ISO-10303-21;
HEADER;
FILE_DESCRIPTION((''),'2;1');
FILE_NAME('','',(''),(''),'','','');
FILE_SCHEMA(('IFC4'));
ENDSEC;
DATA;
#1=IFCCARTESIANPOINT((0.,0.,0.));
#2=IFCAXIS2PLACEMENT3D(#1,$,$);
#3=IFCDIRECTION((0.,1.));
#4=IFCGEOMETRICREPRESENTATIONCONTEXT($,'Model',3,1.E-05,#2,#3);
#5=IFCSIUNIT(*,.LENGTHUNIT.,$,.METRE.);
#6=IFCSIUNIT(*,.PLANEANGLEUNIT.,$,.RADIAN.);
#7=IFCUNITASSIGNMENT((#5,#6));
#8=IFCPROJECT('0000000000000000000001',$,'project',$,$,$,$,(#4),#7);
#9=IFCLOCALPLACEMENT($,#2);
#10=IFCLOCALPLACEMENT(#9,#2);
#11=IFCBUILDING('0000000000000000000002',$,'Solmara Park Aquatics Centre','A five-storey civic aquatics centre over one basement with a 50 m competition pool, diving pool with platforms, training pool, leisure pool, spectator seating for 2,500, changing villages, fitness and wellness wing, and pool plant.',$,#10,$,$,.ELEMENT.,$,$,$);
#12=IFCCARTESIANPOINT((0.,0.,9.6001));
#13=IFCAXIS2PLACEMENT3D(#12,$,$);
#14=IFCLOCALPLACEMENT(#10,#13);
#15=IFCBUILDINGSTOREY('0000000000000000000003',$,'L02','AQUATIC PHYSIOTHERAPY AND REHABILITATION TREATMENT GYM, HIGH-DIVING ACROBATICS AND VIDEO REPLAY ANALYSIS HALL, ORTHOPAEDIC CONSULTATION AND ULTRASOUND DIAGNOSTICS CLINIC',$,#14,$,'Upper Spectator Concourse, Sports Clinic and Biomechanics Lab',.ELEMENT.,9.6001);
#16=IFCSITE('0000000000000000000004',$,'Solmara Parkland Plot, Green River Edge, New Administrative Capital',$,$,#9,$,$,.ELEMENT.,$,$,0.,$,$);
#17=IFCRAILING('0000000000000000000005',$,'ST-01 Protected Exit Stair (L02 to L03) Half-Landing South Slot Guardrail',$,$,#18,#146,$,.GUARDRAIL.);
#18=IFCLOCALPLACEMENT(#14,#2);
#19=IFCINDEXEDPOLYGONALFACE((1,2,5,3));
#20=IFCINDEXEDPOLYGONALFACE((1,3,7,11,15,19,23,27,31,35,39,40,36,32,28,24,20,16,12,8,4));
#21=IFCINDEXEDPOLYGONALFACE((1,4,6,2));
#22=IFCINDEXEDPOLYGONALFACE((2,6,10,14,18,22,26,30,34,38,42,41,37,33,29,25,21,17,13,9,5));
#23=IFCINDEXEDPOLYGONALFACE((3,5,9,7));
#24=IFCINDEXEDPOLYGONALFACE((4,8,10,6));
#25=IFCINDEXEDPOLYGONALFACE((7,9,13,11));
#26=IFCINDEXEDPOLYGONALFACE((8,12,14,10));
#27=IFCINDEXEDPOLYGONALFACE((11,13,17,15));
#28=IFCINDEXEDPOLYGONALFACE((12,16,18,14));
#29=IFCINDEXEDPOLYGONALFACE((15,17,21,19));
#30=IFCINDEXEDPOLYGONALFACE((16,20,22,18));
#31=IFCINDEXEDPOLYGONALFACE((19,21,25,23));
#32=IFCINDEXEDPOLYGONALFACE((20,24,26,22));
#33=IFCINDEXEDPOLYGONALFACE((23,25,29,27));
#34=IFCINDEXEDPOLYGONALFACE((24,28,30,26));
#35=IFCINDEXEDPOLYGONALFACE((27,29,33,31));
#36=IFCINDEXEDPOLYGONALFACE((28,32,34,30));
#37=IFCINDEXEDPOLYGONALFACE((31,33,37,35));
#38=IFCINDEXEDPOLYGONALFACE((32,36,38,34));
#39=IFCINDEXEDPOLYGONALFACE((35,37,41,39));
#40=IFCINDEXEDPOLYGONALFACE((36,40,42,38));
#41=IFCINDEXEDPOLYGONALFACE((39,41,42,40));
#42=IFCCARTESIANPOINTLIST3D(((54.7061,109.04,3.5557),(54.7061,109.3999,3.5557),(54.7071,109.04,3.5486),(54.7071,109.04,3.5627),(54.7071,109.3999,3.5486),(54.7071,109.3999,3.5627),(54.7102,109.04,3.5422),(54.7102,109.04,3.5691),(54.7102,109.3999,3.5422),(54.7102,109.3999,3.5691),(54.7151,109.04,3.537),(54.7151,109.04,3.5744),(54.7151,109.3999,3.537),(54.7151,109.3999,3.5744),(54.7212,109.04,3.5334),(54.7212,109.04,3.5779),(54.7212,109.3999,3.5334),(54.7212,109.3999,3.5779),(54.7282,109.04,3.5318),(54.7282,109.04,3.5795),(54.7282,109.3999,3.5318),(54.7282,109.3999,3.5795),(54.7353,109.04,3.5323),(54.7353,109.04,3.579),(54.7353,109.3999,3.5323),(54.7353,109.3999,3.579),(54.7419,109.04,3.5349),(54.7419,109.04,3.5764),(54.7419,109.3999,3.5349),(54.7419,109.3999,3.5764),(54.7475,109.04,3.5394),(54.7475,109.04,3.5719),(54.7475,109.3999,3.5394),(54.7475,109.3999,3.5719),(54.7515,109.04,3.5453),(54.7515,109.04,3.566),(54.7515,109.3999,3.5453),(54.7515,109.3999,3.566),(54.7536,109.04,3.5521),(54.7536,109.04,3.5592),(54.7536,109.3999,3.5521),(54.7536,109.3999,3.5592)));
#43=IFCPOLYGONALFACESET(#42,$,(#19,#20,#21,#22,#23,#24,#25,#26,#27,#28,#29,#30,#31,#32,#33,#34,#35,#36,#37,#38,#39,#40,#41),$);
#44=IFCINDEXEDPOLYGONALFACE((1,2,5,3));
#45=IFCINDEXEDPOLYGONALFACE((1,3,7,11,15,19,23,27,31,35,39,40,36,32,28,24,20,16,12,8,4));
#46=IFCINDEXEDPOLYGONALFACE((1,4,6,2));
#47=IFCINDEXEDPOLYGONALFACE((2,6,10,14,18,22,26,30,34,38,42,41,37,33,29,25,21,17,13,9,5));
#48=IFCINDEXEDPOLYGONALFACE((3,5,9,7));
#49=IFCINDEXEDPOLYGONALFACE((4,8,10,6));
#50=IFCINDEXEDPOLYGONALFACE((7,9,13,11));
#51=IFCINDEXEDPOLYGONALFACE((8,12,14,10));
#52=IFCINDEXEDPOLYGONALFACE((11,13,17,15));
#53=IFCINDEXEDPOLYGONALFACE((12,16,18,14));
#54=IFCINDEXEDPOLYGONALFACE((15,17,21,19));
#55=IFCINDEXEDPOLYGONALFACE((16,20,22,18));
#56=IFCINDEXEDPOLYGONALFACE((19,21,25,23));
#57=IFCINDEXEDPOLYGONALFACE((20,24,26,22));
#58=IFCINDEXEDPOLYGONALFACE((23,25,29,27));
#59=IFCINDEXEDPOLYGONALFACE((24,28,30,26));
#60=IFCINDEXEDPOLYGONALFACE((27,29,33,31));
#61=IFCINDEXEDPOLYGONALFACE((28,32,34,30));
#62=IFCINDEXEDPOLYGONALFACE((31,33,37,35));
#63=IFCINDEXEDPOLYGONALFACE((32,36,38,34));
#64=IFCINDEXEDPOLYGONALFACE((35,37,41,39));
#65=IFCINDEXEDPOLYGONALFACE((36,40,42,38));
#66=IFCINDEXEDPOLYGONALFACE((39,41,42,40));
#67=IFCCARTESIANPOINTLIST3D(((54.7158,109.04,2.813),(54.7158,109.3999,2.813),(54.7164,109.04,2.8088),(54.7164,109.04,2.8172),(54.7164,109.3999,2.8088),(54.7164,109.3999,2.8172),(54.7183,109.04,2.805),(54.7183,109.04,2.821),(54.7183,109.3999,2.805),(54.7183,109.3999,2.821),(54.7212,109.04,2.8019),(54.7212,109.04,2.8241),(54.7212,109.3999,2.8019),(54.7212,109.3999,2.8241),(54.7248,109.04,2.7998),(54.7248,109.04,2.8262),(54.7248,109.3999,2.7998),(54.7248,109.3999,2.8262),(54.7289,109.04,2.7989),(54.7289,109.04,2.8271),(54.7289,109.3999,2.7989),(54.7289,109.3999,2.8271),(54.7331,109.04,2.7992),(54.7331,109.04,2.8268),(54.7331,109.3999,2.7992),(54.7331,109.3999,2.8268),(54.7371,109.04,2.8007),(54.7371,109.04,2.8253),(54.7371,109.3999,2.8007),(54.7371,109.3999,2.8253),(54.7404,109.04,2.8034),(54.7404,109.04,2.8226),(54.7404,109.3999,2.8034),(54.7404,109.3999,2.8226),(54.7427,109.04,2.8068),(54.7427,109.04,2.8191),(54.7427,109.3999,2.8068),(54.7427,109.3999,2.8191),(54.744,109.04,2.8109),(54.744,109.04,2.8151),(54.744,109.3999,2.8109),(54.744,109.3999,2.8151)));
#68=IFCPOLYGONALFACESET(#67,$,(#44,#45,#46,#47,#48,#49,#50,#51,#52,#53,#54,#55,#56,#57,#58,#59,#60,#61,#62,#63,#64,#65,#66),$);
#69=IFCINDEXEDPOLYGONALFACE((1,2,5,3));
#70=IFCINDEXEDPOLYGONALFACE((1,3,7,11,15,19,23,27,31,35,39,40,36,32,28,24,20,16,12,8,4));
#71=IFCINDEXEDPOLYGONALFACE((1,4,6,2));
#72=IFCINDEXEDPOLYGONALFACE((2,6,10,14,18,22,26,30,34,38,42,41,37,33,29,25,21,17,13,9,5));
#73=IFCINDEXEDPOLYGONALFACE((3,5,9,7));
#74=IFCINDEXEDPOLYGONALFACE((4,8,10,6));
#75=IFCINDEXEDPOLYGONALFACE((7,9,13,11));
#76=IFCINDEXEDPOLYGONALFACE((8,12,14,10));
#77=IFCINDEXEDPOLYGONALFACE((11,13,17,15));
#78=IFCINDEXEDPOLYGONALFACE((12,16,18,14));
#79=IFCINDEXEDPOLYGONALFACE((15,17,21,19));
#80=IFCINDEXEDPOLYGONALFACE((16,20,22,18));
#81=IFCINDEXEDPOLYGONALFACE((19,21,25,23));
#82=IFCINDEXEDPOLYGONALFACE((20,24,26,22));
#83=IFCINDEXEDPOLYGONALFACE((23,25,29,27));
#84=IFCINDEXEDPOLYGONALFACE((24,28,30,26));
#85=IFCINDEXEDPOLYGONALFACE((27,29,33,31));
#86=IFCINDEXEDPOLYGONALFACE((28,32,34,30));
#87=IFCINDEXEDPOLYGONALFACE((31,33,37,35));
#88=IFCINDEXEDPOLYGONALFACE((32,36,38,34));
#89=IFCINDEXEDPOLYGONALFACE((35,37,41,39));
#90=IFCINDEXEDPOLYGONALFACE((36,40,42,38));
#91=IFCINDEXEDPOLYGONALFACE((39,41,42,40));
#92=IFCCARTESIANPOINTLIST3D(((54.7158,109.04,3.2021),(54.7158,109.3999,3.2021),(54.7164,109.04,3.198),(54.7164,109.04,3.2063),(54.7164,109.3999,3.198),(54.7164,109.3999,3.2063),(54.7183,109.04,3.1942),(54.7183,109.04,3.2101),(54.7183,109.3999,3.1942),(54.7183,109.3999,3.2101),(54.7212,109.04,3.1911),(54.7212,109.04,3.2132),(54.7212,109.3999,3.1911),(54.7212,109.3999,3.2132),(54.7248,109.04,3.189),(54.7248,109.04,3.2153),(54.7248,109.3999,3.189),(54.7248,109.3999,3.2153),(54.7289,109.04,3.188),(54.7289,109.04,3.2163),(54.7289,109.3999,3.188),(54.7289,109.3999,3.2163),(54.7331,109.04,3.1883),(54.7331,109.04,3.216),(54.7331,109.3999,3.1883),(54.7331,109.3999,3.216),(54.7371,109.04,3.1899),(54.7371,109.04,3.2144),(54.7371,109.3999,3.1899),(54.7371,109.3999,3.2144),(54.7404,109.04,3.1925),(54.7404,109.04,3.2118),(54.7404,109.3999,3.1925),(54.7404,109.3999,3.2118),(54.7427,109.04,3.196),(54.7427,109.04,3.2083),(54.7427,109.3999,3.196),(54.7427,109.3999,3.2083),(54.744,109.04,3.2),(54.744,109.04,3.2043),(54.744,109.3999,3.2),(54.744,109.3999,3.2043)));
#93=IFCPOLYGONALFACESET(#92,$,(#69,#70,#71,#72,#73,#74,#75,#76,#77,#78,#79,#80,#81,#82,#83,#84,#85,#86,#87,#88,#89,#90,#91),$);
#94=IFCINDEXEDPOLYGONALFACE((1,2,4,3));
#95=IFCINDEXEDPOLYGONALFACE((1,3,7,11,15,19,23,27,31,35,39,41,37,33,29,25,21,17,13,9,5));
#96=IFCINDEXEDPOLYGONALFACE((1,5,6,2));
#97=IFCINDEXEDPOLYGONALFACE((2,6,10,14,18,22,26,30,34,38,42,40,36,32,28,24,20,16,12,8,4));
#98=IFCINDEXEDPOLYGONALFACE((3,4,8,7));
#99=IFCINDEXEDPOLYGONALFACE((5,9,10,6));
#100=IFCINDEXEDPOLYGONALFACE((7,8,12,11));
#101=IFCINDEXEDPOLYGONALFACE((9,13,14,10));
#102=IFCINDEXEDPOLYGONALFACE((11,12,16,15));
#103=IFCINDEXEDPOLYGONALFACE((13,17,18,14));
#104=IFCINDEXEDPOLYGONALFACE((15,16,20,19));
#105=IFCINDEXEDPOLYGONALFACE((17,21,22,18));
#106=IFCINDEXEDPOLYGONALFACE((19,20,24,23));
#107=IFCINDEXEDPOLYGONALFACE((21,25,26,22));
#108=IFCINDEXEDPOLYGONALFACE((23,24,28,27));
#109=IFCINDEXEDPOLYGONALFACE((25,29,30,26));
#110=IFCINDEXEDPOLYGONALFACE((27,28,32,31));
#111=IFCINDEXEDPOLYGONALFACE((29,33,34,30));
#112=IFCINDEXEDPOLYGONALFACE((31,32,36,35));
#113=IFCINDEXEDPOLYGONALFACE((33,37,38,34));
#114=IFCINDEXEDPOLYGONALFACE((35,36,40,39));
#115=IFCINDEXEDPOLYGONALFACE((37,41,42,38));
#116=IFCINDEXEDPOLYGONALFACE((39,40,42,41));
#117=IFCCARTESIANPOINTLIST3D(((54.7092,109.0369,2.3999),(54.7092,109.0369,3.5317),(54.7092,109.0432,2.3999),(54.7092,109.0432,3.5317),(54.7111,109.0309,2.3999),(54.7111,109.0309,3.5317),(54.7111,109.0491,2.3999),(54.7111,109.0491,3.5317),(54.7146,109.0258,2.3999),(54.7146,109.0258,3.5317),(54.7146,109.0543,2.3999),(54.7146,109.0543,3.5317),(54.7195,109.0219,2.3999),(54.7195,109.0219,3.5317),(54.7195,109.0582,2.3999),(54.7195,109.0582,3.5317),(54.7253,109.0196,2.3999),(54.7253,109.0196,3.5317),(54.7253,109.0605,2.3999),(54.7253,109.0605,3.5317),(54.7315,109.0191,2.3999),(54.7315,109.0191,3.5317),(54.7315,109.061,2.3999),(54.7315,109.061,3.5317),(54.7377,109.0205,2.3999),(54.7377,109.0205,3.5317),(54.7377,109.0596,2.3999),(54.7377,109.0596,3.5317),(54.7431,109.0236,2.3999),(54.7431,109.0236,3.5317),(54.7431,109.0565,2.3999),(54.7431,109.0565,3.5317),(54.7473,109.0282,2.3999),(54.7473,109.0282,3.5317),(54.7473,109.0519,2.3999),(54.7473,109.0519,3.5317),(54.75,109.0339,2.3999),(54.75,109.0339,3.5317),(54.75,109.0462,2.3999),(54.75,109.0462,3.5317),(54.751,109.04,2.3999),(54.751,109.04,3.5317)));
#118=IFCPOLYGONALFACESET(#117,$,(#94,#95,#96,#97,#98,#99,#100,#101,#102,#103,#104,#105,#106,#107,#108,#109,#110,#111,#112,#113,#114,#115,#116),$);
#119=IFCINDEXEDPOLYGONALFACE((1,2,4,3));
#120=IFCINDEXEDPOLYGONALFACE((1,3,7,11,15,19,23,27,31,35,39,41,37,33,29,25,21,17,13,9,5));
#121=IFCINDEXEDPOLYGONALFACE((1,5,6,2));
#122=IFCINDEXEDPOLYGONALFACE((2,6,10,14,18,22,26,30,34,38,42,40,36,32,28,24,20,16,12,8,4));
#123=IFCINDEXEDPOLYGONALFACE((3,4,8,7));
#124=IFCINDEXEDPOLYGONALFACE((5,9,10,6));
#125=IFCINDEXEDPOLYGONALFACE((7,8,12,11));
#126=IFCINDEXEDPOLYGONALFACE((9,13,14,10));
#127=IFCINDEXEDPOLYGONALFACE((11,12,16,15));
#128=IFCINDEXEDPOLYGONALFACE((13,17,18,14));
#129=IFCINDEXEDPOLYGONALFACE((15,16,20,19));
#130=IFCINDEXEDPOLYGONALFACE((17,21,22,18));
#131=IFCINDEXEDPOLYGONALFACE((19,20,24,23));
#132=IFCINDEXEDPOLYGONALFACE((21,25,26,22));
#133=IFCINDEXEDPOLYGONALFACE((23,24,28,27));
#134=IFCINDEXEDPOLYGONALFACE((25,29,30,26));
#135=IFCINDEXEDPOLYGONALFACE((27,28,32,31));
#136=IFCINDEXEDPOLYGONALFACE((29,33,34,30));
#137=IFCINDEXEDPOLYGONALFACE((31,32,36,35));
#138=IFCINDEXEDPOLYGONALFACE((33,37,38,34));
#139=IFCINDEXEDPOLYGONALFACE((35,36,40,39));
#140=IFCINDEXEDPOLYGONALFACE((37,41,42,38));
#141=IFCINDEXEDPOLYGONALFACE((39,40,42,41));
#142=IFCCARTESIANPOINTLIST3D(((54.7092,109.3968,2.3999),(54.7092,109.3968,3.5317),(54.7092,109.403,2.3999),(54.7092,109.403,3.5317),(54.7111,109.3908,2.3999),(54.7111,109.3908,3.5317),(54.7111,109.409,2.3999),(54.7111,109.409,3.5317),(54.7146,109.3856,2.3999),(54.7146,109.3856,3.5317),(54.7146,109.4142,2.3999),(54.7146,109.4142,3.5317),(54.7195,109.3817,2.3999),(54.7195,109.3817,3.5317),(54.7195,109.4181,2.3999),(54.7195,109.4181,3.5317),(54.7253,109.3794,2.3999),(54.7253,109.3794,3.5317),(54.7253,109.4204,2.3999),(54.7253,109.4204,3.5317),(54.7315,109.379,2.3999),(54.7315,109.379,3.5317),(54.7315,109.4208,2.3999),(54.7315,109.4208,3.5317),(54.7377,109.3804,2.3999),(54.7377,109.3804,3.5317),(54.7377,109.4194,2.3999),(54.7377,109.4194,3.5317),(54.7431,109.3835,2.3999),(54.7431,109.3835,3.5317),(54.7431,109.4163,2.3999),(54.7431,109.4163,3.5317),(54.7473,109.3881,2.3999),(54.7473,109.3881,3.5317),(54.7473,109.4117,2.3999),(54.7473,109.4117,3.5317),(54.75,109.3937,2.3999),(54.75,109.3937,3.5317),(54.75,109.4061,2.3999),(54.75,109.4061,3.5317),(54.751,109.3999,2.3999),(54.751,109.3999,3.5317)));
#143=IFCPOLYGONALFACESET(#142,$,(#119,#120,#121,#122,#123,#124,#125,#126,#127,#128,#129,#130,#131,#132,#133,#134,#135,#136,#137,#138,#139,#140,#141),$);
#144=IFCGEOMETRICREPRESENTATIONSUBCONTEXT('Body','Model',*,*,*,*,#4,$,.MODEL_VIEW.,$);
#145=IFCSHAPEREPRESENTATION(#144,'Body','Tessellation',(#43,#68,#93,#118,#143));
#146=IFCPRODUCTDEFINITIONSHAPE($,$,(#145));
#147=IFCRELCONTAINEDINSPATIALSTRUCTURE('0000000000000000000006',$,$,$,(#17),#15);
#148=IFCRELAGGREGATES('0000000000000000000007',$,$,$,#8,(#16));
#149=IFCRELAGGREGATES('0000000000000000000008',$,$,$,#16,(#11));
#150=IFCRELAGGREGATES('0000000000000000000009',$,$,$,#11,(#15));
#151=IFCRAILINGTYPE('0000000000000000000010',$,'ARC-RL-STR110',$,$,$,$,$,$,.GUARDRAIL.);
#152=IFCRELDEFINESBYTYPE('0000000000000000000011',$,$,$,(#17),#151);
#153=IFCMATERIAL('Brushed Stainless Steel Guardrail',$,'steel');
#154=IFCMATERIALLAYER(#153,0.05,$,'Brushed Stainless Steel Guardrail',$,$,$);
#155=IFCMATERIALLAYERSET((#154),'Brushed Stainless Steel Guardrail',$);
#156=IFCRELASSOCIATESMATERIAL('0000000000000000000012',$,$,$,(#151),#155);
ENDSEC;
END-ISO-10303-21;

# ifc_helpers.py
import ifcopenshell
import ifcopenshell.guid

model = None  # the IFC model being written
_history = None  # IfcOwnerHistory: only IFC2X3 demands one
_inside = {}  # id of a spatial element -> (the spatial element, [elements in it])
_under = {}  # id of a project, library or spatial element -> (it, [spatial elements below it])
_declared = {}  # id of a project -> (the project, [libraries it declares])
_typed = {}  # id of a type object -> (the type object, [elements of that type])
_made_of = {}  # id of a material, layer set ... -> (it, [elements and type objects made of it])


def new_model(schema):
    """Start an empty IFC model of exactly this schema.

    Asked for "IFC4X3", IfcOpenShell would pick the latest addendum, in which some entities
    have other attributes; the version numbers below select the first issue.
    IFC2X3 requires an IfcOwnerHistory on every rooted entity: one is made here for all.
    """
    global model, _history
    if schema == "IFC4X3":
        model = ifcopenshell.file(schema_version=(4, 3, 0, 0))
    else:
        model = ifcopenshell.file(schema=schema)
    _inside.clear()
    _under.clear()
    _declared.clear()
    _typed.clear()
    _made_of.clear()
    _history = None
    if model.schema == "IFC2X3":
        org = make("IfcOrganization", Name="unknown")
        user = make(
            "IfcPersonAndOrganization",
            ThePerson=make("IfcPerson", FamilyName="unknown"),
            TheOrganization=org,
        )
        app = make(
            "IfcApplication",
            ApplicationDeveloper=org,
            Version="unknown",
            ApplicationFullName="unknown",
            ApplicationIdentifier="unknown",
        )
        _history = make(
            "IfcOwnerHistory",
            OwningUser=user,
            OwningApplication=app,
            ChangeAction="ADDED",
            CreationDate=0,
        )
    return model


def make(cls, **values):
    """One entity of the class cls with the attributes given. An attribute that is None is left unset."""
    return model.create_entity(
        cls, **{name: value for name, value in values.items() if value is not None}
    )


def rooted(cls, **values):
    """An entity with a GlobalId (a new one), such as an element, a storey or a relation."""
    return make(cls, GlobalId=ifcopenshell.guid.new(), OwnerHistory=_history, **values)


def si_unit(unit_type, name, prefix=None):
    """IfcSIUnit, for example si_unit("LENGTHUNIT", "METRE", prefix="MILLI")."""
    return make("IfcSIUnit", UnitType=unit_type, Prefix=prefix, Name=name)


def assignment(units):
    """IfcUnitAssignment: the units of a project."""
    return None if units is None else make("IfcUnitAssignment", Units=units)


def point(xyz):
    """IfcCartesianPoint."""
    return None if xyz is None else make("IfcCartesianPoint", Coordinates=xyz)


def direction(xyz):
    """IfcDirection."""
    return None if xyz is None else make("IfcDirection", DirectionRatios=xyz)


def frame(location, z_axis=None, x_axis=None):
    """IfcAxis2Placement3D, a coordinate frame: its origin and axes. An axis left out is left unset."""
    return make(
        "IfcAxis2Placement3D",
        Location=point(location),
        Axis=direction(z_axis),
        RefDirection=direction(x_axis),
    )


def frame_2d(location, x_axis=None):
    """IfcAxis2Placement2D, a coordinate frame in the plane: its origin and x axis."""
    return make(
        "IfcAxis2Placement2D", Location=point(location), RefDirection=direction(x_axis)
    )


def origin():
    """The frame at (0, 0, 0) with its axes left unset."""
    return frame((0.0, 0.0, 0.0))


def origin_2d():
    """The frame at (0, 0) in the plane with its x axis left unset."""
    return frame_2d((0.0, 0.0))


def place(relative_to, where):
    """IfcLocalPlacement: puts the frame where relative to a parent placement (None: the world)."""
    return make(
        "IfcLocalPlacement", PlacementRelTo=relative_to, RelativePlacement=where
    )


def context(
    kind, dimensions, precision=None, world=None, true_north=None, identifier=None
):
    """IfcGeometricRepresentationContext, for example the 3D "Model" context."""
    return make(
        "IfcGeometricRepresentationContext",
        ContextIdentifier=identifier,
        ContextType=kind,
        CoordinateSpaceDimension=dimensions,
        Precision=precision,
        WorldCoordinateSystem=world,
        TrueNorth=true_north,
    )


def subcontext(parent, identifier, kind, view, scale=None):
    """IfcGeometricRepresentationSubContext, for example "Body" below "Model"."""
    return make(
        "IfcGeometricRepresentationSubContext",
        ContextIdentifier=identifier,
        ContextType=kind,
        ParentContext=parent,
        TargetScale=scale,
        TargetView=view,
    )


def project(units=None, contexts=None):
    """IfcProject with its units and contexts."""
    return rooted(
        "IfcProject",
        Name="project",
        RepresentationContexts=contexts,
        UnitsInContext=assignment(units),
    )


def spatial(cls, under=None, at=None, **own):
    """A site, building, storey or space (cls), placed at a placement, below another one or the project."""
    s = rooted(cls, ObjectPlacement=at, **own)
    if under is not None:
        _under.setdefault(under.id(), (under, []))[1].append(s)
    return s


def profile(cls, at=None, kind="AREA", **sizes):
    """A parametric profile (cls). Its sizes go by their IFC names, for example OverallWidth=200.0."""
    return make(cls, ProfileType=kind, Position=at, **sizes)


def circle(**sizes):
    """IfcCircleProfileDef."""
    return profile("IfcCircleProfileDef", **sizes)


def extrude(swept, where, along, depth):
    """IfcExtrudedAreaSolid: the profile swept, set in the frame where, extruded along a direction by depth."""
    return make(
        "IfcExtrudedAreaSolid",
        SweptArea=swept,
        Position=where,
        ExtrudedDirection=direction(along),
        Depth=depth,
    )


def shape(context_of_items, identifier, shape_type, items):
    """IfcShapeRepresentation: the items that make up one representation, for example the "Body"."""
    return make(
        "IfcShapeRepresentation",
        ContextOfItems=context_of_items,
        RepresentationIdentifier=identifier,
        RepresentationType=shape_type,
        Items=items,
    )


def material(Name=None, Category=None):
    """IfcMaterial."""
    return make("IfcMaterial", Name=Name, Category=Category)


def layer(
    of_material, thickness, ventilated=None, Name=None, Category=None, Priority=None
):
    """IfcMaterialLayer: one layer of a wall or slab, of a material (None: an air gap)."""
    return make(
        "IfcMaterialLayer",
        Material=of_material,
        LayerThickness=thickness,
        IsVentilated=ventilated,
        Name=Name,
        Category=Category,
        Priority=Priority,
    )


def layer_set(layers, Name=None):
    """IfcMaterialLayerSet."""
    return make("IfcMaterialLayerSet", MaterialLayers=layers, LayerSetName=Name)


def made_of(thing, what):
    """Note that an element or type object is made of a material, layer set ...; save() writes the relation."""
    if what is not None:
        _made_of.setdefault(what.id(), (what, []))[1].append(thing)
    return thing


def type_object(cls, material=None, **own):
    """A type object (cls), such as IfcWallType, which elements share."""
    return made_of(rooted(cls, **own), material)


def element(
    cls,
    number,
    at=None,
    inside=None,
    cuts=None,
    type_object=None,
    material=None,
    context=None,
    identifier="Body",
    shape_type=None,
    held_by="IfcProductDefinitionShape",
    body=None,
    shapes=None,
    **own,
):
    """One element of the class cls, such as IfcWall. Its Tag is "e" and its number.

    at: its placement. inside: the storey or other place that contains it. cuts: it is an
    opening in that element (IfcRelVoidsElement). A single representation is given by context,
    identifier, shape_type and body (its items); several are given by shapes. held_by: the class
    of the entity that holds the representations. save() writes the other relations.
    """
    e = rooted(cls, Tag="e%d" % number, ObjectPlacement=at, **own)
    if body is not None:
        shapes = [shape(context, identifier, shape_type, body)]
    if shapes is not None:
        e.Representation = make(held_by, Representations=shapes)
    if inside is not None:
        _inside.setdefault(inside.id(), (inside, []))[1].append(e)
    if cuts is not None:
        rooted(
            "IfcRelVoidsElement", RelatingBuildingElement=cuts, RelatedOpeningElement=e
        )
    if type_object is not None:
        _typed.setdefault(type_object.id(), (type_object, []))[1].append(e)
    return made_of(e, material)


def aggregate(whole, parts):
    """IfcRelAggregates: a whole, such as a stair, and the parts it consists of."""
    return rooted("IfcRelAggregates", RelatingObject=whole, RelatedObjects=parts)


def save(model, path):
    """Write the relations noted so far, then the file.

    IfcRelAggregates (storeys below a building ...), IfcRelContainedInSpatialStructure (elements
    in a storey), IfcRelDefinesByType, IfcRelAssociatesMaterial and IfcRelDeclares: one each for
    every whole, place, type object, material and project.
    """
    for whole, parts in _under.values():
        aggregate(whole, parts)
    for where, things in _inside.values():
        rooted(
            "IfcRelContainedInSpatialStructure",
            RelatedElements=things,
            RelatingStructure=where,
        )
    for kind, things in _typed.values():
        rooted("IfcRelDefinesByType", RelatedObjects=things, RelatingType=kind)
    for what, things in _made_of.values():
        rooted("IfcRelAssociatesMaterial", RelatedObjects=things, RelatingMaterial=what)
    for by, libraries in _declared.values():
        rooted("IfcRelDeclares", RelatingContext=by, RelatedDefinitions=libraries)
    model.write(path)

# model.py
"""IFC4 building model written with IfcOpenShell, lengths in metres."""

from ifc_helpers import new_model, si_unit, direction, frame, origin, origin_2d, place, context, subcontext, project, spatial, circle, extrude, material, layer, layer_set, type_object, element, save


model = new_model("IFC4")

# Units and contexts
model_context = context("Model", 3, precision=1e-05, world=origin(), true_north=direction((0.0, 1.0)))
body_context = subcontext(model_context, "Body", "Model", "MODEL_VIEW")
ifc_project = project(units=[si_unit("LENGTHUNIT", "METRE"), si_unit("PLANEANGLEUNIT", "RADIAN")], contexts=[model_context])

# Site, building, storey
site_placement = place(None, origin())
site = spatial("IfcSite", under=ifc_project, at=site_placement, Name="Solmara Parkland Plot, Green River Edge, New Administrative Capital", CompositionType="ELEMENT", RefElevation=0.0)
building_placement = place(site_placement, origin())
building = spatial("IfcBuilding", under=site, at=building_placement, Name="Solmara Park Aquatics Centre", Description="A five-storey civic aquatics centre over one basement with a 50 m competition pool, diving pool with platforms, training pool, leisure pool, spectator seating for 2,500, changing villages, fitness and wellness wing, and pool plant.", CompositionType="ELEMENT")
storey_placement = place(building_placement, frame((0.0, 0.0, 9.6001)))
storey = spatial("IfcBuildingStorey", under=building, at=storey_placement, Name="L02", Description="AQUATIC PHYSIOTHERAPY AND REHABILITATION TREATMENT GYM, HIGH-DIVING ACROBATICS AND VIDEO REPLAY ANALYSIS HALL, ORTHOPAEDIC CONSULTATION AND ULTRASOUND DIAGNOSTICS CLINIC", LongName="Upper Spectator Concourse, Sports Clinic and Biomechanics Lab", CompositionType="ELEMENT", Elevation=9.6001)

# Railing
ifc_material_1 = material(Name="Brushed Stainless Steel Guardrail", Category="steel")
ifc_layer_1 = layer(ifc_material_1, 0.05, Name="Brushed Stainless Steel Guardrail")
ifc_layer_set_1 = layer_set([ifc_layer_1], Name="Brushed Stainless Steel Guardrail")
railing_type = type_object("IfcRailingType", Name="ARC-RL-STR110", PredefinedType="GUARDRAIL", material=ifc_layer_set_1)
railing_placement = place(storey_placement, frame((54.73, 109.04, 2.3999)))
element("IfcRailing", 1, at=railing_placement, inside=storey, type_object=railing_type, Name="ST-01 Protected Exit Stair (L02 to L03) Half-Landing South Slot Guardrail", PredefinedType="GUARDRAIL", context=body_context, shape_type="SweptSolid", body=[
    extrude(circle(Radius=0.0239, at=origin_2d()), frame((0.0, 0.0, 1.1558), z_axis=(0.0, 1.0, 0.0), x_axis=(-1.0, 0.0, 0.0)), (0.0, 0.0, 1.0), 0.3599),
    extrude(circle(Radius=0.0142, at=origin_2d()), frame((0.0, 0.0, 0.4131), z_axis=(0.0, 1.0, 0.0), x_axis=(-1.0, 0.0, 0.0)), (0.0, 0.0, 1.0), 0.3599),
    extrude(circle(Radius=0.0142, at=origin_2d()), frame((0.0, 0.0, 0.8022), z_axis=(0.0, 1.0, 0.0), x_axis=(-1.0, 0.0, 0.0)), (0.0, 0.0, 1.0), 0.3599),
    extrude(circle(Radius=0.021, at=origin_2d()), origin(), (0.0, 0.0, 1.0), 1.1318),
    extrude(circle(Radius=0.021, at=origin_2d()), frame((0.0, 0.3599, 0.0)), (0.0, 0.0, 1.0), 1.1318),
])

save(model, "model.ifc")
